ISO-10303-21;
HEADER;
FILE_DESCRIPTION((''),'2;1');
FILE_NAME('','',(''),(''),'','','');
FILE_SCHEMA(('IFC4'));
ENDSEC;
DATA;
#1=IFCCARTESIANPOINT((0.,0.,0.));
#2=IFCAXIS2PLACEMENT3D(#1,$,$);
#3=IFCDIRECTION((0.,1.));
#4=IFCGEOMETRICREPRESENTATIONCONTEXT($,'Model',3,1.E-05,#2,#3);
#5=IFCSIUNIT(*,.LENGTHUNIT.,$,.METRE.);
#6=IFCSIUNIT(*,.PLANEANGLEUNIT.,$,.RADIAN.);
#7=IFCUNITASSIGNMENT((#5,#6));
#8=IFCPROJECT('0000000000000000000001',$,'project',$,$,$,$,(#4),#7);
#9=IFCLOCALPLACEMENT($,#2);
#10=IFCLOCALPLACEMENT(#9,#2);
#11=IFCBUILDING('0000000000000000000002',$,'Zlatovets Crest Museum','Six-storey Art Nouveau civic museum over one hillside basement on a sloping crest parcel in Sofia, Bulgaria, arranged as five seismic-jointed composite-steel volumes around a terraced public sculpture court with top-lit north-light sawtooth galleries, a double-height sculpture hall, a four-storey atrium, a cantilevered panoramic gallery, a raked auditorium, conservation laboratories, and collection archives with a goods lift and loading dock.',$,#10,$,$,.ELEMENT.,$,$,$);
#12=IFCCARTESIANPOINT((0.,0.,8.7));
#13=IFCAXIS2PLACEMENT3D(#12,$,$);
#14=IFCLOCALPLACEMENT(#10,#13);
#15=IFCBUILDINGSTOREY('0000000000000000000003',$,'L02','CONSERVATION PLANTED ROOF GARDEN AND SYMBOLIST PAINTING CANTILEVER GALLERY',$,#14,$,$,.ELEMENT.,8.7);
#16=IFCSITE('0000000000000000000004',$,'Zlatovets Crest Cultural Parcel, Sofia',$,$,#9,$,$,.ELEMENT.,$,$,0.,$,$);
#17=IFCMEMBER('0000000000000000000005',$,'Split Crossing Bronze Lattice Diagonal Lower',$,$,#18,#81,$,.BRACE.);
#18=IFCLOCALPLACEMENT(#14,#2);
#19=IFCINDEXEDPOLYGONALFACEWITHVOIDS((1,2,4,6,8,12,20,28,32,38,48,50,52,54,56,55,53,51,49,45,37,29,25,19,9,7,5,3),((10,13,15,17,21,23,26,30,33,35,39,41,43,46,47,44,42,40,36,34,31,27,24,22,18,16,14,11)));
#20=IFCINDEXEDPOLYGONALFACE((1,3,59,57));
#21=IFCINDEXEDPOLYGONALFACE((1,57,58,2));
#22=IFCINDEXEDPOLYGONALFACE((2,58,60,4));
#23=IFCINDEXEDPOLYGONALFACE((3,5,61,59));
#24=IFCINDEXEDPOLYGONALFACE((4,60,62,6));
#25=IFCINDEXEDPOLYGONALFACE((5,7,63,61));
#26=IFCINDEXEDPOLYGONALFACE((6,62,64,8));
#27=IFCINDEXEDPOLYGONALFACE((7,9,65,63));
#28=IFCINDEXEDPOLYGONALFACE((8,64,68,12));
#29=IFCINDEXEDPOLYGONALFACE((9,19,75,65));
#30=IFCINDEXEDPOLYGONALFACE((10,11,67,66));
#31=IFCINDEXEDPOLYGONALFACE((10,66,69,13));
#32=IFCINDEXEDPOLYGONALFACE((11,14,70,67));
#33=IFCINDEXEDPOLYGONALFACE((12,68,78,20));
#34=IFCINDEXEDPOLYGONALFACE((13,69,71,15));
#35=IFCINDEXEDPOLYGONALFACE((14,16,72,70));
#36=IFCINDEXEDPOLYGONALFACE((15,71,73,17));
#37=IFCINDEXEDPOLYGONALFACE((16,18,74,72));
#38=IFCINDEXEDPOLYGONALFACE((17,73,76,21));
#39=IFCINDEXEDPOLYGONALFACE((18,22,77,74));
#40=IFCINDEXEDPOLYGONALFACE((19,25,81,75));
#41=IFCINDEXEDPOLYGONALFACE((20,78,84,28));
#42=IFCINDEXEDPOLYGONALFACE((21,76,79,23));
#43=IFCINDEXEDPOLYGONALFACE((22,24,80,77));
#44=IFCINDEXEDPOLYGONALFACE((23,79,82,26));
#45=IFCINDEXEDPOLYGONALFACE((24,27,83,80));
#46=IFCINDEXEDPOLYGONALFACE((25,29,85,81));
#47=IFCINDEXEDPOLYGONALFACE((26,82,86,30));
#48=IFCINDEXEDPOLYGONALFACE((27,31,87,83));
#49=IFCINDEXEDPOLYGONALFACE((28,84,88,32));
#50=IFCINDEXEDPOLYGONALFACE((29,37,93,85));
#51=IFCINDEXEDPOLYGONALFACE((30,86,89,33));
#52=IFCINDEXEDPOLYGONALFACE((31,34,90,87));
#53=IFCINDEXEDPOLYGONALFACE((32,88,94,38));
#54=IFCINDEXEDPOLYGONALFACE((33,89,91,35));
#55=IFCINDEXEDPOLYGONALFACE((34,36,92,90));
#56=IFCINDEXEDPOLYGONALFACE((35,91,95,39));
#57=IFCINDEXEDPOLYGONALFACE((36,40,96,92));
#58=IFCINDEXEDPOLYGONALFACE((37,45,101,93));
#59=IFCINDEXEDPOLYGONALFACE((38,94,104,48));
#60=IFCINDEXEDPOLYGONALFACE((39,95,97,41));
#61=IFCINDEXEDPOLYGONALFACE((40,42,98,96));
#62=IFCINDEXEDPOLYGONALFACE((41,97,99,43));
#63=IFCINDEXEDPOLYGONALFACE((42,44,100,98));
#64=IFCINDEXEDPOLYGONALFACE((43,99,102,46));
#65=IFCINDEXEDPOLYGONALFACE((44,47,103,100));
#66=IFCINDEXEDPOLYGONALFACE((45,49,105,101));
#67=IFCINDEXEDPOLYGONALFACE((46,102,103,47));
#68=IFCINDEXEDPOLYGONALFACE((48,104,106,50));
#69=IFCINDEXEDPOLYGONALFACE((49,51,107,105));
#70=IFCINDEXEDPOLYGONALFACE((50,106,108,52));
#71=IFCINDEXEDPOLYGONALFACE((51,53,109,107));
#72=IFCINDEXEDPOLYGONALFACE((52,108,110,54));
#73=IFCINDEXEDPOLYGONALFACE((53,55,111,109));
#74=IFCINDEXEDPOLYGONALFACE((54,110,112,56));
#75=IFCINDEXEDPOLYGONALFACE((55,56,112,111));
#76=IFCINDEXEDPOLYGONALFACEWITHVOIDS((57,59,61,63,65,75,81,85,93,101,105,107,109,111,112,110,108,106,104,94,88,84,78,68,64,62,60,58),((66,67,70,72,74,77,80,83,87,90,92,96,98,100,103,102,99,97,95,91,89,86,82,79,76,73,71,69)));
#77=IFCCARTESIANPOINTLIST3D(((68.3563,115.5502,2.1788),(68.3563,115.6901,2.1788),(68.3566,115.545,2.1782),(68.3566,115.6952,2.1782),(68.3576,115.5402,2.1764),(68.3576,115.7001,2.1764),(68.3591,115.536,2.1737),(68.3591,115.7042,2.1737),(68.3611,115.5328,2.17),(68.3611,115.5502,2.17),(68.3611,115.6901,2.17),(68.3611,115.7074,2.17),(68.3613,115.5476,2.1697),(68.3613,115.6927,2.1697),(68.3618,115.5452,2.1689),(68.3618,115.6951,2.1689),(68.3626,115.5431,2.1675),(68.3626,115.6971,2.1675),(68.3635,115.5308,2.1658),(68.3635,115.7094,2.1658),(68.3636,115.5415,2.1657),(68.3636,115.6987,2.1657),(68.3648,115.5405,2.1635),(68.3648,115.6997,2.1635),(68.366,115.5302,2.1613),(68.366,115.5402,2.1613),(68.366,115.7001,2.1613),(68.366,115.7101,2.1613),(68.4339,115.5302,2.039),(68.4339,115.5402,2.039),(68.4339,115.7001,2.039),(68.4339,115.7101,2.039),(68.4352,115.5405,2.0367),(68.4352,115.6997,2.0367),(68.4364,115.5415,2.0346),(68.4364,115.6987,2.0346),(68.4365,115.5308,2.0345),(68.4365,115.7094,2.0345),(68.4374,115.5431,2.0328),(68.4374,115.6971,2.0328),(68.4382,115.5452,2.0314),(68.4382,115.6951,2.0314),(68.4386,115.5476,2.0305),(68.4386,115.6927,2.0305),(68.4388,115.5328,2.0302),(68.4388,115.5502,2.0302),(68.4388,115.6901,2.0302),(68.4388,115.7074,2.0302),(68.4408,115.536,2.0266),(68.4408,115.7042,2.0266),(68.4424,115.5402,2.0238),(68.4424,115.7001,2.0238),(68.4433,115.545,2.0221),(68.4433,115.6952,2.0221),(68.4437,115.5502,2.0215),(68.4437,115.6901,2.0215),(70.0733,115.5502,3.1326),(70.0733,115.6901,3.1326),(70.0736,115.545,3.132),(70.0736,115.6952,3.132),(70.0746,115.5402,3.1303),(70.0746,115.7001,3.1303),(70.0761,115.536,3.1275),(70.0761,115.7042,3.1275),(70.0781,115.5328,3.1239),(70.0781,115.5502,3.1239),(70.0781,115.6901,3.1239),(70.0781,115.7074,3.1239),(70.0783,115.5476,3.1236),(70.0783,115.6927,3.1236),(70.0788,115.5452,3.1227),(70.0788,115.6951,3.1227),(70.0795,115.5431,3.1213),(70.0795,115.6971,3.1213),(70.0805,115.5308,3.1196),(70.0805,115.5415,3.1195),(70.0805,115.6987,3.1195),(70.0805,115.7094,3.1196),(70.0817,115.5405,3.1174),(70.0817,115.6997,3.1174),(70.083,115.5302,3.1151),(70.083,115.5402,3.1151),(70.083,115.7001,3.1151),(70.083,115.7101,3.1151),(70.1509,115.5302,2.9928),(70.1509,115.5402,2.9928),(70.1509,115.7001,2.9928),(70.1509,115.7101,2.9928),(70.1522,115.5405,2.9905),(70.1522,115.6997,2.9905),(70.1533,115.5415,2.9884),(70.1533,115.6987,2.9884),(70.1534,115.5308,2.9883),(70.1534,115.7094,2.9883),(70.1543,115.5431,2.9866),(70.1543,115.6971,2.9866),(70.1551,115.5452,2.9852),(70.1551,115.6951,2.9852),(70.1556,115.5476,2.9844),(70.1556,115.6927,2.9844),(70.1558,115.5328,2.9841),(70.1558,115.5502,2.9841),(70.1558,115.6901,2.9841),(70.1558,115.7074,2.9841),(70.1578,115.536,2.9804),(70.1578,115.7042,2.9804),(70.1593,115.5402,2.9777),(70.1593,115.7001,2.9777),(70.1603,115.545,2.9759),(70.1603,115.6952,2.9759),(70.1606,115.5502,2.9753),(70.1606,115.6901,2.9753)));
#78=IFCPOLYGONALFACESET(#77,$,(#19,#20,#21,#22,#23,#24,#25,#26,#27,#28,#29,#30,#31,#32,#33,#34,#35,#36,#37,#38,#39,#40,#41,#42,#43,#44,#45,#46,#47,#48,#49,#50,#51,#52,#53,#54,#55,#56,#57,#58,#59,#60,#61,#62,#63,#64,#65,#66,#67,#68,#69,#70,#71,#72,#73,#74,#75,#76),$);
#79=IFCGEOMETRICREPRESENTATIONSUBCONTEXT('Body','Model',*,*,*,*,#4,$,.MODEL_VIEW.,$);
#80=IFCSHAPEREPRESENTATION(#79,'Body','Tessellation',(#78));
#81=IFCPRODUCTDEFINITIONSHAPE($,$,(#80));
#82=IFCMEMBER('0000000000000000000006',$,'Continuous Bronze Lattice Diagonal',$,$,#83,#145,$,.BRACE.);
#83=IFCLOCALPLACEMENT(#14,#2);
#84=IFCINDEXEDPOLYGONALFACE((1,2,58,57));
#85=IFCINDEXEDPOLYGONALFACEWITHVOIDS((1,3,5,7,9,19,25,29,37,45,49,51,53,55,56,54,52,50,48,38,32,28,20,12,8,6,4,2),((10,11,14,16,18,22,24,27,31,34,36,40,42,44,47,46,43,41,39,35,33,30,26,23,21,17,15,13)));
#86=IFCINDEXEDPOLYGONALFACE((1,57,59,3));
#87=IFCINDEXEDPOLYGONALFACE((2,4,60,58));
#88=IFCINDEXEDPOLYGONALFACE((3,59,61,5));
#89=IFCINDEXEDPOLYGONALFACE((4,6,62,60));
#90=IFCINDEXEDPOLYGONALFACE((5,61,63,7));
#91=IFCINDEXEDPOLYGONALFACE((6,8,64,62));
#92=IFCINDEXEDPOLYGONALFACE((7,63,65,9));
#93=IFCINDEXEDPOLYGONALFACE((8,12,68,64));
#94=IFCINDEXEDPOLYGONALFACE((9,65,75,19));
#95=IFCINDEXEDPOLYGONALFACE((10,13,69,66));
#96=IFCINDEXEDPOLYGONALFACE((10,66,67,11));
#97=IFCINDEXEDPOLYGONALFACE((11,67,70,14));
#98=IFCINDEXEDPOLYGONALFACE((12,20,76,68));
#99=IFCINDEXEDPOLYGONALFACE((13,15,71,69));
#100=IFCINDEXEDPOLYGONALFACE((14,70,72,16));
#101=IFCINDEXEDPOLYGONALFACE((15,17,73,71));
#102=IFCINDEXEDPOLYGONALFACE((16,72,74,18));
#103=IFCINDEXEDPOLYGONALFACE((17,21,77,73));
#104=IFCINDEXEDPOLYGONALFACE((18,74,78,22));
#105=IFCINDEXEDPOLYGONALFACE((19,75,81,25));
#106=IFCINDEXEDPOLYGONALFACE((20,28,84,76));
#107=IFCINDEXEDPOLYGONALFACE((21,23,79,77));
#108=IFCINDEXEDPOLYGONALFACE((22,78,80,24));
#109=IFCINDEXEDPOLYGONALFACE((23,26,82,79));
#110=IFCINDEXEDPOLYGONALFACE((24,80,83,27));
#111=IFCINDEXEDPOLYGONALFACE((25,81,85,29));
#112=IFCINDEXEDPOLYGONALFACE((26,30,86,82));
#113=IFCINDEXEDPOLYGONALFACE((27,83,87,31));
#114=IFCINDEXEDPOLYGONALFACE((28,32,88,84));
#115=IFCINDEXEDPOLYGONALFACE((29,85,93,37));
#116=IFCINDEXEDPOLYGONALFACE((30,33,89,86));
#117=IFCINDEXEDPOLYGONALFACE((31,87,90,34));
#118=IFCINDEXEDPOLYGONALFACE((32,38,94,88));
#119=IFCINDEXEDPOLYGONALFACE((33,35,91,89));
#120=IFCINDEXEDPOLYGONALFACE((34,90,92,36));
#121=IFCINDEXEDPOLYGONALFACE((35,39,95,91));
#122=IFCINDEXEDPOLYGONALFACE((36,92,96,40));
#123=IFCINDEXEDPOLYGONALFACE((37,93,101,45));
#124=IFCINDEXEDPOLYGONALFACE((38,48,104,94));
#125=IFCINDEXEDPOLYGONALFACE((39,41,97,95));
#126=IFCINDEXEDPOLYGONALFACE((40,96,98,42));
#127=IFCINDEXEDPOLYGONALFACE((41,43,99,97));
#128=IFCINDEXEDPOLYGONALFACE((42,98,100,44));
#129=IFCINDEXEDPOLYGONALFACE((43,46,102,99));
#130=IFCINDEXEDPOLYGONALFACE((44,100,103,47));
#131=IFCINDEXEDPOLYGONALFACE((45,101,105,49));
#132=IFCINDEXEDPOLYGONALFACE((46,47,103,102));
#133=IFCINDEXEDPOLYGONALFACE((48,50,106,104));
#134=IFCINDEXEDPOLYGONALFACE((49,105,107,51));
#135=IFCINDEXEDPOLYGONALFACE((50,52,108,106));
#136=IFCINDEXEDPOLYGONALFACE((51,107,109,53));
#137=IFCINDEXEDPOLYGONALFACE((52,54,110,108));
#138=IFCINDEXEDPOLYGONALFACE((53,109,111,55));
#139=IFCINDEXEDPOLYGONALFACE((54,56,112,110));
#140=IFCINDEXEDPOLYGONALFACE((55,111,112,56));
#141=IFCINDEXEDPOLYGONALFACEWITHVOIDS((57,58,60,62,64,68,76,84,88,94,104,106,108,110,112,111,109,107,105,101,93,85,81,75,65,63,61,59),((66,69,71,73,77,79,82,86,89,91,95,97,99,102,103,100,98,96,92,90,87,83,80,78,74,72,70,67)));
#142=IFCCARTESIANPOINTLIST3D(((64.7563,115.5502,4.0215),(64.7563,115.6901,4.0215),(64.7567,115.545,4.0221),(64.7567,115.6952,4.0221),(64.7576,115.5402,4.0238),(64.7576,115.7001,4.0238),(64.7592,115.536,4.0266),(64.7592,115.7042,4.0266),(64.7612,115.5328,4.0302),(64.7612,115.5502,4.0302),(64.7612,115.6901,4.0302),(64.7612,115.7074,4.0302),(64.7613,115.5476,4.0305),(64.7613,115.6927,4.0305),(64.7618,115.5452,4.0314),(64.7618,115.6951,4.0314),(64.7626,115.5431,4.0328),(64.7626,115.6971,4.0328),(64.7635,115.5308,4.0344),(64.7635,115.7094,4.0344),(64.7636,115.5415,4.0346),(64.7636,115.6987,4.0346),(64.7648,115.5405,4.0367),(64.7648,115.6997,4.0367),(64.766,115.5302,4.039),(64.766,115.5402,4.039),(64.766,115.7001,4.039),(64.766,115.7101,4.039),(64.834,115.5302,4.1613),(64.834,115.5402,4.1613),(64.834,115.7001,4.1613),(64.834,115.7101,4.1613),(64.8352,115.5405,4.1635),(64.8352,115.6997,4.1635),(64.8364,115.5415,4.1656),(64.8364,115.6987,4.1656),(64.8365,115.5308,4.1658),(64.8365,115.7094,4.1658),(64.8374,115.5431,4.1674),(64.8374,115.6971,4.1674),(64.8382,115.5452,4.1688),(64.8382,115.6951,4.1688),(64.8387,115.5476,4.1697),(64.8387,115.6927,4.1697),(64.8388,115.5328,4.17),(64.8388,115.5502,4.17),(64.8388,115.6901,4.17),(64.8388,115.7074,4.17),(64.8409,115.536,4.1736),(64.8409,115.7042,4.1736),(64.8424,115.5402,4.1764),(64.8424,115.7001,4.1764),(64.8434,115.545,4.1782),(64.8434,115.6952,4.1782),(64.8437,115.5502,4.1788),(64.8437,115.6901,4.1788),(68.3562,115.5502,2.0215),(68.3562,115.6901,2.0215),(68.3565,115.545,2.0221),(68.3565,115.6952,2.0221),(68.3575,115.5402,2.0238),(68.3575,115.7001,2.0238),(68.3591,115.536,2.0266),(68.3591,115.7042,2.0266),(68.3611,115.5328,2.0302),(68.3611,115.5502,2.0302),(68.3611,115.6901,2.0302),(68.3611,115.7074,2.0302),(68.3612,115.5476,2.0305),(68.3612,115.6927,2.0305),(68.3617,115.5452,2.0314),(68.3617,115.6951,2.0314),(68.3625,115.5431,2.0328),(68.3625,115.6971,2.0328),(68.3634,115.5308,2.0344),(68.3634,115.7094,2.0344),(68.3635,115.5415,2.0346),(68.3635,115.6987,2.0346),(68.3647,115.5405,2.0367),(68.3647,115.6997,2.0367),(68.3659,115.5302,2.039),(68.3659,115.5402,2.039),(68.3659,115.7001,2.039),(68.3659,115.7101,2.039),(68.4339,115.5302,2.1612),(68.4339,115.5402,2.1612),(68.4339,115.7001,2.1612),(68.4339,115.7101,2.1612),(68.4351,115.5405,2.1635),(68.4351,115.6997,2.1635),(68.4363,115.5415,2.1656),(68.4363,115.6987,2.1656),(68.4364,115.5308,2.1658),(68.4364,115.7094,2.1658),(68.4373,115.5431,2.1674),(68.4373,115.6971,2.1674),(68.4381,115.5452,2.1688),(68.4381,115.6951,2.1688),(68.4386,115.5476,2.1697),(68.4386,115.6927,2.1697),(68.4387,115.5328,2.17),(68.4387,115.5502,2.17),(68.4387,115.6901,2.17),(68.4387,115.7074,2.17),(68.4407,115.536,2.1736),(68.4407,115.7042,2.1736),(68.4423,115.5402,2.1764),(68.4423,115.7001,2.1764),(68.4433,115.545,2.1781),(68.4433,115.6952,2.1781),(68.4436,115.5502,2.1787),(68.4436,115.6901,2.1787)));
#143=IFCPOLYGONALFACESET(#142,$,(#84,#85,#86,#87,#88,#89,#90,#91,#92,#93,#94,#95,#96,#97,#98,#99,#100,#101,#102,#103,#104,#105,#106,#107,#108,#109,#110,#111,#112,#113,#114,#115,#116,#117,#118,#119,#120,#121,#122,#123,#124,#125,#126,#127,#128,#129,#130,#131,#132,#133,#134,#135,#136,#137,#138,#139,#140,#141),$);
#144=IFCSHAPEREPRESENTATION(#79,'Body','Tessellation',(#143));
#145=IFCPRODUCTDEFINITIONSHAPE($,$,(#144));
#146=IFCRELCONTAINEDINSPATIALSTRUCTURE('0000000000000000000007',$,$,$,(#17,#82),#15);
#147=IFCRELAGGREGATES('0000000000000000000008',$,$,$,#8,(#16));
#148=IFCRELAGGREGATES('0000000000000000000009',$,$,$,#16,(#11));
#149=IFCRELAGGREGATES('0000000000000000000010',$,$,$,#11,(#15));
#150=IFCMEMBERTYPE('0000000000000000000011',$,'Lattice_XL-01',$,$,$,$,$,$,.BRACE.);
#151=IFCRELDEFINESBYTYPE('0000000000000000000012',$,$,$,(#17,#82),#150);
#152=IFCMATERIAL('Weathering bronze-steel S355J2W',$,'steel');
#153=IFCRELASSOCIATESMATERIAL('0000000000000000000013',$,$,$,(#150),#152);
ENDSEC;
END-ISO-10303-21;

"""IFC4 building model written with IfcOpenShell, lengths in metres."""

from ifc_helpers import new_model, si_unit, direction, frame, origin, origin_2d, place, context, subcontext, project, spatial, hollow_rectangle, extrude, material, material_profile, profile_set, type_object, element, save


model = new_model("IFC4")

# Units and contexts
model_context = context("Model", 3, precision=1e-05, world=origin(), true_north=direction((0.0, 1.0)))
body_context = subcontext(model_context, "Body", "Model", "MODEL_VIEW")
ifc_project = project(units=[si_unit("LENGTHUNIT", "METRE"), si_unit("PLANEANGLEUNIT", "RADIAN")], contexts=[model_context])

# Site, building, storey
site_placement = place(None, origin())
site = spatial("IfcSite", under=ifc_project, at=site_placement, Name="Zlatovets Crest Cultural Parcel, Sofia", CompositionType="ELEMENT", RefElevation=0.0)
building_placement = place(site_placement, origin())
building = spatial("IfcBuilding", under=site, at=building_placement, Name="Zlatovets Crest Museum", Description="Six-storey Art Nouveau civic museum over one hillside basement on a sloping crest parcel in Sofia, Bulgaria, arranged as five seismic-jointed composite-steel volumes around a terraced public sculpture court with top-lit north-light sawtooth galleries, a double-height sculpture hall, a four-storey atrium, a cantilevered panoramic gallery, a raked auditorium, conservation laboratories, and collection archives with a goods lift and loading dock.", CompositionType="ELEMENT")
storey_placement = place(building_placement, frame((0.0, 0.0, 8.7)))
storey = spatial("IfcBuildingStorey", under=building, at=storey_placement, Name="L02", Description="CONSERVATION PLANTED ROOF GARDEN AND SYMBOLIST PAINTING CANTILEVER GALLERY", CompositionType="ELEMENT", Elevation=8.7)

# Members
ifc_material_1 = material(Name="Weathering bronze-steel S355J2W", Category="steel")
ifc_material_profile_1 = material_profile(ifc_material_1, hollow_rectangle(XDim=0.1799, YDim=0.1799, WallThickness=0.01, InnerFilletRadius=0.01, OuterFilletRadius=0.02, at=origin_2d()), Name="SHS 180x180x10.0")
ifc_profile_set_1 = profile_set([ifc_material_profile_1], Name="Weathering bronze-steel S355J2W")
member_type_1 = type_object("IfcMemberType", Name="Lattice_XL-01", PredefinedType="BRACE", material=ifc_profile_set_1)
for number, where, z_axis, x_axis, name in (
    (1, (70.1169, 115.6201, 3.054), (-0.874169, 0.0, -0.485622), (0.0, -1.0, 0.0), "Split Crossing Bronze Lattice Diagonal Lower"),
):
    element("IfcMember", number, at=place(storey_placement, frame(where, z_axis=z_axis, x_axis=x_axis)), inside=storey, type_object=member_type_1, Name=name, PredefinedType="BRACE", context=body_context, shape_type="SweptSolid", body=[
        extrude(hollow_rectangle(XDim=0.1799, YDim=0.1799, WallThickness=0.01, InnerFilletRadius=0.01, OuterFilletRadius=0.02, at=origin_2d()), origin(), (0.0, 0.0, 1.0), 1.9641),
    ])
member_1_placement = place(storey_placement, frame((68.3999, 115.6201, 2.1001), z_axis=(-0.874149, 0.0, 0.485658), x_axis=(0.0, -1.0, 0.0)))
element("IfcMember", 2, at=member_1_placement, inside=storey, type_object=member_type_1, Name="Continuous Bronze Lattice Diagonal", PredefinedType="BRACE", context=body_context, shape_type="SweptSolid", body=[
    extrude(hollow_rectangle(XDim=0.1799, YDim=0.1799, WallThickness=0.01, InnerFilletRadius=0.01, OuterFilletRadius=0.02, at=origin_2d()), origin(), (0.0, 0.0, 1.0), 4.1182),
])

save(model, "model.ifc")
